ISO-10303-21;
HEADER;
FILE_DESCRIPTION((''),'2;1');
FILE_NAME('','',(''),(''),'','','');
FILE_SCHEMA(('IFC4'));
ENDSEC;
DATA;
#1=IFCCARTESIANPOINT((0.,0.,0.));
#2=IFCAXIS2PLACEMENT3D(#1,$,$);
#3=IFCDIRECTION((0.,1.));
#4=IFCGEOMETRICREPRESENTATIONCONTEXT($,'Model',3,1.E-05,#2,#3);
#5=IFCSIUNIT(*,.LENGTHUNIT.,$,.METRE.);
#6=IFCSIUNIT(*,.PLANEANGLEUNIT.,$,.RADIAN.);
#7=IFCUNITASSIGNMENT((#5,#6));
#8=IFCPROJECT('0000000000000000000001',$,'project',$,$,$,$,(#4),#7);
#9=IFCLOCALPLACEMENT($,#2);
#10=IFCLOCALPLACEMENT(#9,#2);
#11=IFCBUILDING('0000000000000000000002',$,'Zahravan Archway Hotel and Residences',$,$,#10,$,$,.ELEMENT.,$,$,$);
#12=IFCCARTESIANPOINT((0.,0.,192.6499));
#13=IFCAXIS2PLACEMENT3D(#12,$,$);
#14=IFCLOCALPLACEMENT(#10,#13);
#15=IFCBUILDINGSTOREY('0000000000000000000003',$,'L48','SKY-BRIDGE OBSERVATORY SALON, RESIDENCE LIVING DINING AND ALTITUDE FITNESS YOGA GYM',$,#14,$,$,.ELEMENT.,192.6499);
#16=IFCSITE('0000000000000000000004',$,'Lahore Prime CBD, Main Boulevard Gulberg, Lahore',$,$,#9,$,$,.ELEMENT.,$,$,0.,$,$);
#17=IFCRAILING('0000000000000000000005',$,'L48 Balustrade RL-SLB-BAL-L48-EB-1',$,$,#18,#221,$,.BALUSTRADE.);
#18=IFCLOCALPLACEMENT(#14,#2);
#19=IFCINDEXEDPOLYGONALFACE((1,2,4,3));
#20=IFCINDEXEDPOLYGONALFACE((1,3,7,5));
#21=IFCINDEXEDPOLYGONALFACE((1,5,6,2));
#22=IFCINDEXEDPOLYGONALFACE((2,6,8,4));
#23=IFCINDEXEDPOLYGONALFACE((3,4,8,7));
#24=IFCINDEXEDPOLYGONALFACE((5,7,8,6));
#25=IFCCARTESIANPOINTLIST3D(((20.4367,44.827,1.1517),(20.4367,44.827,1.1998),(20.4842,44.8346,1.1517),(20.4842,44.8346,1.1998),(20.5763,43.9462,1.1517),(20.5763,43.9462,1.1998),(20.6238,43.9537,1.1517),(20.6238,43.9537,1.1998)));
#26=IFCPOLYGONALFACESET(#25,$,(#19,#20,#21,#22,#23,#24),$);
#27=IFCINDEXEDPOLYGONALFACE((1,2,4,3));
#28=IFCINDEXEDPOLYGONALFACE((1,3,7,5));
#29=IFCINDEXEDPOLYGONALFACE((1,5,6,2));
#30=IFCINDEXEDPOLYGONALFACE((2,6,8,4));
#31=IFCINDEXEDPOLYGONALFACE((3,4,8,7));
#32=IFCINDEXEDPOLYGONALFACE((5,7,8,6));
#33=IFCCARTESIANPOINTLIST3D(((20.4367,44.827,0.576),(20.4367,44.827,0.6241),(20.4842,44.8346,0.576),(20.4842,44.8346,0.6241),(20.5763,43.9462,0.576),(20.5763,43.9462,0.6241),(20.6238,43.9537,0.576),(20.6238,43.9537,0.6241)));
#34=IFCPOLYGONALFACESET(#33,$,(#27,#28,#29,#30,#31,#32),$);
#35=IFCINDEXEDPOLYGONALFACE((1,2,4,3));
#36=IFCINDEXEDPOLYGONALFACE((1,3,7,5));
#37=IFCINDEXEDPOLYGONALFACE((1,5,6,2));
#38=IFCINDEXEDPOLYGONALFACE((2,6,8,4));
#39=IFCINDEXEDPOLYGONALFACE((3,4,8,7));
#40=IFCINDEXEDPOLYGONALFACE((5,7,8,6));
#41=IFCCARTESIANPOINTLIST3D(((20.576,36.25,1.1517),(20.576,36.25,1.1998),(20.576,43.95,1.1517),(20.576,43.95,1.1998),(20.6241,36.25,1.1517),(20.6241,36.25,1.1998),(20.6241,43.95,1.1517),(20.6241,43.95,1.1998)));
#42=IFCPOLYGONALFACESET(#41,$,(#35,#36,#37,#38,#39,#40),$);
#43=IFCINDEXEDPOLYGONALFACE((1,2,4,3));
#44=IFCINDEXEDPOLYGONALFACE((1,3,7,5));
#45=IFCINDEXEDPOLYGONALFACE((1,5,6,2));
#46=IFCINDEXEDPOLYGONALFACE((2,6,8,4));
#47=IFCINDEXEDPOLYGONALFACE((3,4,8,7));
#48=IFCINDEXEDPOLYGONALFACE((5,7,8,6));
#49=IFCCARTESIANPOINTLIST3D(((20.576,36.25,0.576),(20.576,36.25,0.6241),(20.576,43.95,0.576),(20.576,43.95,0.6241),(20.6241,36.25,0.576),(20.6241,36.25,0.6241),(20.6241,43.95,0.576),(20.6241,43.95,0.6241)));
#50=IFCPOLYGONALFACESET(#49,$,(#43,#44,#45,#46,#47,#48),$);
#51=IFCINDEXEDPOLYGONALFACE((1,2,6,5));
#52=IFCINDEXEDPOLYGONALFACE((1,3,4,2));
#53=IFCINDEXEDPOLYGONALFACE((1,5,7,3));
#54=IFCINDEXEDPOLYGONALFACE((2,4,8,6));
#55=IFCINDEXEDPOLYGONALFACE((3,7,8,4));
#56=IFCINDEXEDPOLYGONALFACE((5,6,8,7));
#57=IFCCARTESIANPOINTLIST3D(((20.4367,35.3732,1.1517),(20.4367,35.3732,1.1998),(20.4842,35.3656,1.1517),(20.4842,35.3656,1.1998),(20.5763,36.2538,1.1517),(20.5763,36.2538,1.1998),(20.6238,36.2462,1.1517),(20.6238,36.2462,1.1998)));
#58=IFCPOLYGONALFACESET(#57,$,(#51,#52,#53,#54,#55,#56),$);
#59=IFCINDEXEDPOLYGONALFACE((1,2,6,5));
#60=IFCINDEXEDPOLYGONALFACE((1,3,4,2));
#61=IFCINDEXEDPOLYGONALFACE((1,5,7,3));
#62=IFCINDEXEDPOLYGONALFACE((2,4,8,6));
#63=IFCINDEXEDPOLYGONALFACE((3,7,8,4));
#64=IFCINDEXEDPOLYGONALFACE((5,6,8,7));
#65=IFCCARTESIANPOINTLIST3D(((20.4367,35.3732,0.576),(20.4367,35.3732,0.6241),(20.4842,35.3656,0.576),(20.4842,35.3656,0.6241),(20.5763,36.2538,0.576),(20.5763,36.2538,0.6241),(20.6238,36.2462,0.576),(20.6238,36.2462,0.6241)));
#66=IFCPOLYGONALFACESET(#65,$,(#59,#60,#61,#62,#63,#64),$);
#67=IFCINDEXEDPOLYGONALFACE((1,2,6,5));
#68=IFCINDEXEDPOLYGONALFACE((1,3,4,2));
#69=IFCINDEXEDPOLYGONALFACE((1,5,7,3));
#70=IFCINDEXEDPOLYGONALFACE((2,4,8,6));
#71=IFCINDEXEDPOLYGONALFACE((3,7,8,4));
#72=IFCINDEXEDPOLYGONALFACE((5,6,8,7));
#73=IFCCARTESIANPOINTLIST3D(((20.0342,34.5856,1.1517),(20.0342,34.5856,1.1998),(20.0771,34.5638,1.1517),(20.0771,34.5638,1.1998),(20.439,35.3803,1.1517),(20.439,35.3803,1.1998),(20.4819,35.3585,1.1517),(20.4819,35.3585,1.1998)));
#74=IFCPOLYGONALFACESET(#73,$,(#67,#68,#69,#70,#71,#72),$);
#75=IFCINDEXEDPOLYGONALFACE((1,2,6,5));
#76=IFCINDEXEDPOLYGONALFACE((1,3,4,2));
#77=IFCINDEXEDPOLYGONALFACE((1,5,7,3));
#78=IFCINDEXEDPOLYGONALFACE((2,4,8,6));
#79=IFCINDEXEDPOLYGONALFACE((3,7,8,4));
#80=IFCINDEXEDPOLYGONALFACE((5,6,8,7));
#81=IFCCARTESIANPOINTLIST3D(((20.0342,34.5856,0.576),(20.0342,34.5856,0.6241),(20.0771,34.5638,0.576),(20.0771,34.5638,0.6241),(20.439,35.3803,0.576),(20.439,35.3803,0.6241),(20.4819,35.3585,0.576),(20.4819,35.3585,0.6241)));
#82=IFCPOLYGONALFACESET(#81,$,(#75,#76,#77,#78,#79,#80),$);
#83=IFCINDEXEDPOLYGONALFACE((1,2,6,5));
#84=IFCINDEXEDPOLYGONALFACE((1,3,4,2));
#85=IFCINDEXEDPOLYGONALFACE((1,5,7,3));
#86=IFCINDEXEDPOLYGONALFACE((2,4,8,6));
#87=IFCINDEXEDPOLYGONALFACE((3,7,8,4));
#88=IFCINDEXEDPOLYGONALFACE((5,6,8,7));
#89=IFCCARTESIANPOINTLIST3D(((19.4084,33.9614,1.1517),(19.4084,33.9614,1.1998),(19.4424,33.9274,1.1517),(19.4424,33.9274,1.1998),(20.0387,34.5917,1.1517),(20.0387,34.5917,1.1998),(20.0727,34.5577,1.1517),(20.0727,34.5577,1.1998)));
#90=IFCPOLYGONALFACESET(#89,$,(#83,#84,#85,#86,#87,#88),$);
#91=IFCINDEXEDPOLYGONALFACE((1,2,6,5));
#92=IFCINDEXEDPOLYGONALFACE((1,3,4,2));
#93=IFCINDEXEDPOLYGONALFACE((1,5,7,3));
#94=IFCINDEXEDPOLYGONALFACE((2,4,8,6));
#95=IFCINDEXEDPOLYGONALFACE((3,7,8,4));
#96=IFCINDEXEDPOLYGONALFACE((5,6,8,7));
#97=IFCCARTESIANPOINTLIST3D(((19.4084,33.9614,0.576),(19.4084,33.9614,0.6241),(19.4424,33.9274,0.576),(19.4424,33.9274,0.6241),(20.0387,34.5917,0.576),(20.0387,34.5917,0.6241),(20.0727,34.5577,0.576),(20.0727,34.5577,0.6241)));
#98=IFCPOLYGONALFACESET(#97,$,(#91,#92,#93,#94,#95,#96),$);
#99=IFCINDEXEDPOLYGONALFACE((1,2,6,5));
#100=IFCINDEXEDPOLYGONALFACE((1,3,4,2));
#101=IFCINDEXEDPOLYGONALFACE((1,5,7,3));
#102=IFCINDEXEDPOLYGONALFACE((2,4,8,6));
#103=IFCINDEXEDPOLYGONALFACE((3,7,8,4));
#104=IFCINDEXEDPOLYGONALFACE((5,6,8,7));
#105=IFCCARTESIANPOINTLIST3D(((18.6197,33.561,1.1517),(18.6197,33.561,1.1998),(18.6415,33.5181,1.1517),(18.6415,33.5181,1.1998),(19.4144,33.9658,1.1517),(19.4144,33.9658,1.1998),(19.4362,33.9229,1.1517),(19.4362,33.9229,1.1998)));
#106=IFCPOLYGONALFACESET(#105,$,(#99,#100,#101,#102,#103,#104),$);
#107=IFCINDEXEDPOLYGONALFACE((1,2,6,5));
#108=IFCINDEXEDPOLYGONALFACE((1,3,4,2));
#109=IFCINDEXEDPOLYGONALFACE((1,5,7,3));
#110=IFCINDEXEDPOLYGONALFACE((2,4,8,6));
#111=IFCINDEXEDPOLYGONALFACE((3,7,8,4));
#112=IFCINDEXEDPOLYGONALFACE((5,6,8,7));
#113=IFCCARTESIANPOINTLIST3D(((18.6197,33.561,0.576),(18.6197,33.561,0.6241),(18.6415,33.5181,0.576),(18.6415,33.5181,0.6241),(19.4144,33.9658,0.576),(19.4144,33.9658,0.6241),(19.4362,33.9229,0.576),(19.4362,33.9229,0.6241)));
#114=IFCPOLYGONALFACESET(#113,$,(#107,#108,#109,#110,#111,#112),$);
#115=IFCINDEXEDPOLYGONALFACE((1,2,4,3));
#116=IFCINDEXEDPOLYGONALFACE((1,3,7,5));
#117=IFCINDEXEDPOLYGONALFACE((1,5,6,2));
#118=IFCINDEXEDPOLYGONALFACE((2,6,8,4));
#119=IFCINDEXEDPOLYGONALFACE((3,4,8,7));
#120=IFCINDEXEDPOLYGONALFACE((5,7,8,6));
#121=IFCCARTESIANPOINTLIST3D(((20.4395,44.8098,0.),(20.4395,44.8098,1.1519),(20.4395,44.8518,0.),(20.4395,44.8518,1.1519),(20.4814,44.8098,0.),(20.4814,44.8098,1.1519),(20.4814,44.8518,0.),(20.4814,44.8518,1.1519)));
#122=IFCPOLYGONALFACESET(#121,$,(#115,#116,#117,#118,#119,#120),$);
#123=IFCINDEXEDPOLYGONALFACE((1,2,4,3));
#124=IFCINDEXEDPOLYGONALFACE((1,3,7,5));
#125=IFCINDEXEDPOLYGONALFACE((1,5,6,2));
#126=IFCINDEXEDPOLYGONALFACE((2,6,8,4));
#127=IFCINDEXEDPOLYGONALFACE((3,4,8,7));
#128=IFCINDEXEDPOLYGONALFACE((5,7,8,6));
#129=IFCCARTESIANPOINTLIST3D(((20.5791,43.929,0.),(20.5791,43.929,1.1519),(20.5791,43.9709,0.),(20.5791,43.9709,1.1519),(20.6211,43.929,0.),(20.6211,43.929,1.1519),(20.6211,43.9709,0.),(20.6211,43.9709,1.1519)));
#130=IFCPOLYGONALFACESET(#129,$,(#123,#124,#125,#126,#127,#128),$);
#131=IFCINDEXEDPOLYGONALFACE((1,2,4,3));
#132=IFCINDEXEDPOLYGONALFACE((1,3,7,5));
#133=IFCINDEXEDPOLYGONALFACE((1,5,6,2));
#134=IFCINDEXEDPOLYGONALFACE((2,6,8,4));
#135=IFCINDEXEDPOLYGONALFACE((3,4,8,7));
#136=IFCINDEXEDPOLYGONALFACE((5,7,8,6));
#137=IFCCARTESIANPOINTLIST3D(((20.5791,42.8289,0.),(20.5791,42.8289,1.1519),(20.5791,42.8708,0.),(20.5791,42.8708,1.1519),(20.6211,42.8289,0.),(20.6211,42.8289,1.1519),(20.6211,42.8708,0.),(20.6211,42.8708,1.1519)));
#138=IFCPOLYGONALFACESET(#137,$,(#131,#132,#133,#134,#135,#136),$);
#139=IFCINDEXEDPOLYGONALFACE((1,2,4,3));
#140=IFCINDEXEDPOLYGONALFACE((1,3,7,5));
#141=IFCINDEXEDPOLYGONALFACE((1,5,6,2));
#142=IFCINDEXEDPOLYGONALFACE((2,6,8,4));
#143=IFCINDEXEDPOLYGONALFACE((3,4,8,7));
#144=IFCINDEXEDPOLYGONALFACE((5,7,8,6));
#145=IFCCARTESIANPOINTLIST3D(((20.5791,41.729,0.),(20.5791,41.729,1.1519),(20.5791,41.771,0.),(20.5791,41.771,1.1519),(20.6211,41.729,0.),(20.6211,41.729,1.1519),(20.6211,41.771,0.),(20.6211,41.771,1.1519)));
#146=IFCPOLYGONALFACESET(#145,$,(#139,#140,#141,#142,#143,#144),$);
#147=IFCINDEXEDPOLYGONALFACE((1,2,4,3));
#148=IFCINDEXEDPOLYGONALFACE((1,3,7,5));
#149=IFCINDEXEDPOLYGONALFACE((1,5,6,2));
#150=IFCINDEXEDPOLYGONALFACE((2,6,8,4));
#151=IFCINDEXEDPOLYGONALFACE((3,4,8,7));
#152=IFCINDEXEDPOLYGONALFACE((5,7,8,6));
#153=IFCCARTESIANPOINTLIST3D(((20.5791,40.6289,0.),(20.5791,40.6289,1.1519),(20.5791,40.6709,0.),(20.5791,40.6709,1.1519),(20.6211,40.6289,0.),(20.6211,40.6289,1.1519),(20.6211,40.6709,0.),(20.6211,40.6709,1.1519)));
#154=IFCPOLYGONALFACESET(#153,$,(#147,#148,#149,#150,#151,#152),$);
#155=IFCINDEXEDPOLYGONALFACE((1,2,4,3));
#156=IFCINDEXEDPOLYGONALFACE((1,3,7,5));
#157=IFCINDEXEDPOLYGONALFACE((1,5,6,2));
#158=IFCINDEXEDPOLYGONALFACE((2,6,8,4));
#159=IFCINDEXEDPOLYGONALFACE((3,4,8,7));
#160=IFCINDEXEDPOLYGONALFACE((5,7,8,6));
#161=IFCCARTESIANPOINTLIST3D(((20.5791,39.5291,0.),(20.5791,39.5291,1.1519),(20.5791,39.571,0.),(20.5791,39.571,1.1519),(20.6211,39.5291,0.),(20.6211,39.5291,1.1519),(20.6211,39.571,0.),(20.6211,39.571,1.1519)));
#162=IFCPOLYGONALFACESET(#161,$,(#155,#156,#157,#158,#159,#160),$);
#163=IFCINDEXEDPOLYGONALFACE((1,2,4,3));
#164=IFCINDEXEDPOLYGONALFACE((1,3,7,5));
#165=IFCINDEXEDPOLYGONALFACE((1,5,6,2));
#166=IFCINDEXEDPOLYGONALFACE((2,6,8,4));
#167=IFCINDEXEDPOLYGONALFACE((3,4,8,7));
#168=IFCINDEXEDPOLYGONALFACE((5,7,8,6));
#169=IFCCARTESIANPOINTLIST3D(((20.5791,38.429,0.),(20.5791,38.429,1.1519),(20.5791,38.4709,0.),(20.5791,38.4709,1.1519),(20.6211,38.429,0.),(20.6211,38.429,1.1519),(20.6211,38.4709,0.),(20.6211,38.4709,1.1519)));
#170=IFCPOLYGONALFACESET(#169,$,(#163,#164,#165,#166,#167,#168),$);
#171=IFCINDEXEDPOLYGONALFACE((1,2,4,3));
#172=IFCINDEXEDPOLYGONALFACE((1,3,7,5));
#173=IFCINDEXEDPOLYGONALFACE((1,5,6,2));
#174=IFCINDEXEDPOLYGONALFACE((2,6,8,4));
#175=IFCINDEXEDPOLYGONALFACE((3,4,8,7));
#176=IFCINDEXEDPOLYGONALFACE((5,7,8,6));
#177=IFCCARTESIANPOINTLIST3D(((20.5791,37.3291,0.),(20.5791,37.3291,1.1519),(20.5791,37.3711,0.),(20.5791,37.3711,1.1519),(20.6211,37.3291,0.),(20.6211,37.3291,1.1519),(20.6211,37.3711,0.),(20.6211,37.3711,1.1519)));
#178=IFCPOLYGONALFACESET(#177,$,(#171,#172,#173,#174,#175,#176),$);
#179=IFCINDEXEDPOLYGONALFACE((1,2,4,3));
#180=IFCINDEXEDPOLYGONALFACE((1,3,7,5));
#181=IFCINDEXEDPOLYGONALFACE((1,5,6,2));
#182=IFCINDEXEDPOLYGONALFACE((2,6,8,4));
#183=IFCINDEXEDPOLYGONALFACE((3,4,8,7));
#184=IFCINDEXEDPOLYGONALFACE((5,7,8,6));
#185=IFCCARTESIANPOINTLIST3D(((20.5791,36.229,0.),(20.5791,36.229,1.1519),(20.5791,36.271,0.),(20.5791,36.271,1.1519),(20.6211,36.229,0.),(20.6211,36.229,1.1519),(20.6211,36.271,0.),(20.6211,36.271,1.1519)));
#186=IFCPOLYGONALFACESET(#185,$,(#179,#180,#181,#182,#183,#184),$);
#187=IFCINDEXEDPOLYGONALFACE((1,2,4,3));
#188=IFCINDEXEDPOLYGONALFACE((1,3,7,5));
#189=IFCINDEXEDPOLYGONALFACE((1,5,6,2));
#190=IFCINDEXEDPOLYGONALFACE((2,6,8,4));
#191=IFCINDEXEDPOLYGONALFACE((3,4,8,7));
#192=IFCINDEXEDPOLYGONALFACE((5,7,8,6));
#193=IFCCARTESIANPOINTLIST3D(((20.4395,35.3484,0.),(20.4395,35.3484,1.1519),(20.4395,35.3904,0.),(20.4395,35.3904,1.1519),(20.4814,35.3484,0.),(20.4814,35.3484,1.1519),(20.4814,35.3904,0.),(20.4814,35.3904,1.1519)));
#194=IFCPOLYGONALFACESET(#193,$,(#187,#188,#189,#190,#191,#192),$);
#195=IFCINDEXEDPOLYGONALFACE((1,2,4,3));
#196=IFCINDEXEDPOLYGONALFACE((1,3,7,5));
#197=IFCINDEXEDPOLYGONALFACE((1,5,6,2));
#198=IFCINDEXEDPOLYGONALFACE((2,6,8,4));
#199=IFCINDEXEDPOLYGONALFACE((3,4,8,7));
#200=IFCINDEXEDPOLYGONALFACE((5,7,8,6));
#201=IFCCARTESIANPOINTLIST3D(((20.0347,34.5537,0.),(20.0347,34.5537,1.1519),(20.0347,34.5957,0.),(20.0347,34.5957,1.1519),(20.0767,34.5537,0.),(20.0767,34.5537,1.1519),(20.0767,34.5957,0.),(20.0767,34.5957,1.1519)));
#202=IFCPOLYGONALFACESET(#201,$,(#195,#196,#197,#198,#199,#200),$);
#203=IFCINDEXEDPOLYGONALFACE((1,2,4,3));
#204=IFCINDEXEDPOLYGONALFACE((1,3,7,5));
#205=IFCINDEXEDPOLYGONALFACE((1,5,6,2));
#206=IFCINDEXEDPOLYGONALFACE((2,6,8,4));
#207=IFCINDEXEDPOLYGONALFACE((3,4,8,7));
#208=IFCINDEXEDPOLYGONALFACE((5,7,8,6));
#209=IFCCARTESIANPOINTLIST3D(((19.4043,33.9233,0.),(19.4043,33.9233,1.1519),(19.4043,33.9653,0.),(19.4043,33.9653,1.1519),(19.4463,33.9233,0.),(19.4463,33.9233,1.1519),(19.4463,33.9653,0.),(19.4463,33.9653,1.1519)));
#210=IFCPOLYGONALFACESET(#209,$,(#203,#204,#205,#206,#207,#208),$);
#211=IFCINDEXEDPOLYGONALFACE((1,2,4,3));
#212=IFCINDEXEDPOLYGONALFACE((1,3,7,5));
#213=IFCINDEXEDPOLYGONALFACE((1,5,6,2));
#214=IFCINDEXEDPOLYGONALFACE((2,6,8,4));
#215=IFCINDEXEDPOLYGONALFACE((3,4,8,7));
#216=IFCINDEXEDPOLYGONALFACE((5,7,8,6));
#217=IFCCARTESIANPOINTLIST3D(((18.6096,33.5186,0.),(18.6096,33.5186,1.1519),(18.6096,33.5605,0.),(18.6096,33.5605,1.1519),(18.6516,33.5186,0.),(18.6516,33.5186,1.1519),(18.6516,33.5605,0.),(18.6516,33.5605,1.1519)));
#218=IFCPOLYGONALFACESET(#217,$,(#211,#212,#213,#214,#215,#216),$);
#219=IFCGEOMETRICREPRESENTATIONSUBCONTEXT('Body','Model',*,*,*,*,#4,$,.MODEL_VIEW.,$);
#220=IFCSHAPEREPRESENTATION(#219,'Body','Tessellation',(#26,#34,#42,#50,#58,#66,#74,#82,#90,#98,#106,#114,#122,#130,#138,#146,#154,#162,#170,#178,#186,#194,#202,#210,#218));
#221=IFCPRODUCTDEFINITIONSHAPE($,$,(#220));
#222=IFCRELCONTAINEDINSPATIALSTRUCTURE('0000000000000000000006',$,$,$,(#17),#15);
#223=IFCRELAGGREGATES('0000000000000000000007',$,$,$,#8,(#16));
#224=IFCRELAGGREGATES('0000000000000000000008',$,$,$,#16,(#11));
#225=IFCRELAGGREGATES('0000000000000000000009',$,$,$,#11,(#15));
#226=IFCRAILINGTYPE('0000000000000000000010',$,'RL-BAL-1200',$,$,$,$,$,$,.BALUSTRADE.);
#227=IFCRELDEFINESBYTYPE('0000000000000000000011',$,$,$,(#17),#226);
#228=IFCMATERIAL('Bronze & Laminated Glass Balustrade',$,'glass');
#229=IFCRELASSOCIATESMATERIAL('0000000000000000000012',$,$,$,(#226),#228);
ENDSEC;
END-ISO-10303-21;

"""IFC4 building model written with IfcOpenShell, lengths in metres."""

from ifc_helpers import new_model, si_unit, direction, frame, origin, origin_2d, place, context, subcontext, project, spatial, rectangle, extrude, material, type_object, element, save


model = new_model("IFC4")

# Units and contexts
model_context = context("Model", 3, precision=1e-05, world=origin(), true_north=direction((0.0, 1.0)))
body_context = subcontext(model_context, "Body", "Model", "MODEL_VIEW")
ifc_project = project(units=[si_unit("LENGTHUNIT", "METRE"), si_unit("PLANEANGLEUNIT", "RADIAN")], contexts=[model_context])

# Site, building, storey
site_placement = place(None, origin())
site = spatial("IfcSite", under=ifc_project, at=site_placement, Name="Lahore Prime CBD, Main Boulevard Gulberg, Lahore", CompositionType="ELEMENT", RefElevation=0.0)
building_placement = place(site_placement, origin())
building = spatial("IfcBuilding", under=site, at=building_placement, Name="Zahravan Archway Hotel and Residences", CompositionType="ELEMENT")
storey_placement = place(building_placement, frame((0.0, 0.0, 192.6499)))
storey = spatial("IfcBuildingStorey", under=building, at=storey_placement, Name="L48", Description="SKY-BRIDGE OBSERVATORY SALON, RESIDENCE LIVING DINING AND ALTITUDE FITNESS YOGA GYM", CompositionType="ELEMENT", Elevation=192.6499)

# Railing
ifc_material_1 = material(Name="Bronze & Laminated Glass Balustrade", Category="glass")
railing_type = type_object("IfcRailingType", Name="RL-BAL-1200", PredefinedType="BALUSTRADE", material=ifc_material_1)
railing_placement = place(storey_placement, frame((20.4604, 44.8308, 0.0)))
element("IfcRailing", 1, at=railing_placement, inside=storey, type_object=railing_type, Name="L48 Balustrade RL-SLB-BAL-L48-EB-1", PredefinedType="BALUSTRADE", context=body_context, shape_type="SweptSolid", body=[
    extrude(rectangle(XDim=0.0481, YDim=0.0481, at=origin_2d()), frame((0.0, 0.0, 1.1758), z_axis=(0.156581, -0.987665, 0.0), x_axis=(0.987665, 0.156581, 0.0)), (0.0, 0.0, 1.0), 0.8918),
    extrude(rectangle(XDim=0.0481, YDim=0.0481, at=origin_2d()), frame((0.0, 0.0, 0.6001), z_axis=(0.156581, -0.987665, 0.0), x_axis=(0.987665, 0.156581, 0.0)), (0.0, 0.0, 1.0), 0.8918),
    extrude(rectangle(XDim=0.0481, YDim=0.0481, at=origin_2d()), frame((0.1396, -0.8809, 1.1758), z_axis=(0.0, -1.0, 0.0), x_axis=(1.0, 0.0, 0.0)), (0.0, 0.0, 1.0), 7.7),
    extrude(rectangle(XDim=0.0481, YDim=0.0481, at=origin_2d()), frame((0.1396, -0.8809, 0.6001), z_axis=(0.0, -1.0, 0.0), x_axis=(1.0, 0.0, 0.0)), (0.0, 0.0, 1.0), 7.7),
    extrude(rectangle(XDim=0.0481, YDim=0.0481, at=origin_2d()), frame((0.1396, -8.5808, 1.1758), z_axis=(-0.156623, -0.987658, 0.0), x_axis=(0.987658, -0.156623, 0.0)), (0.0, 0.0, 1.0), 0.8916),
    extrude(rectangle(XDim=0.0481, YDim=0.0481, at=origin_2d()), frame((0.1396, -8.5808, 0.6001), z_axis=(-0.156623, -0.987658, 0.0), x_axis=(0.987658, -0.156623, 0.0)), (0.0, 0.0, 1.0), 0.8916),
    extrude(rectangle(XDim=0.0481, YDim=0.0481, at=origin_2d()), frame((0.0, -9.4614, 1.1758), z_axis=(-0.453881, -0.891062, 0.0), x_axis=(0.891062, -0.453881, 0.0)), (0.0, 0.0, 1.0), 0.8918),
    extrude(rectangle(XDim=0.0481, YDim=0.0481, at=origin_2d()), frame((0.0, -9.4614, 0.6001), z_axis=(-0.453881, -0.891062, 0.0), x_axis=(0.891062, -0.453881, 0.0)), (0.0, 0.0, 1.0), 0.8918),
    extrude(rectangle(XDim=0.0481, YDim=0.0481, at=origin_2d()), frame((-0.4048, -10.2561, 1.1758), z_axis=(-0.707107, -0.707107, 0.0), x_axis=(0.707107, -0.707107, 0.0)), (0.0, 0.0, 1.0), 0.8914),
    extrude(rectangle(XDim=0.0481, YDim=0.0481, at=origin_2d()), frame((-0.4048, -10.2561, 0.6001), z_axis=(-0.707107, -0.707107, 0.0), x_axis=(0.707107, -0.707107, 0.0)), (0.0, 0.0, 1.0), 0.8914),
    extrude(rectangle(XDim=0.0481, YDim=0.0481, at=origin_2d()), frame((-1.0352, -10.8865, 1.1758), z_axis=(-0.891062, -0.453881, 0.0), x_axis=(0.453881, -0.891062, 0.0)), (0.0, 0.0, 1.0), 0.8918),
    extrude(rectangle(XDim=0.0481, YDim=0.0481, at=origin_2d()), frame((-1.0352, -10.8865, 0.6001), z_axis=(-0.891062, -0.453881, 0.0), x_axis=(0.453881, -0.891062, 0.0)), (0.0, 0.0, 1.0), 0.8918),
    extrude(rectangle(XDim=0.042, YDim=0.042, at=origin_2d()), origin(), (0.0, 0.0, 1.0), 1.1519),
    extrude(rectangle(XDim=0.042, YDim=0.042, at=origin_2d()), frame((0.1396, -0.8809, 0.0)), (0.0, 0.0, 1.0), 1.1519),
    extrude(rectangle(XDim=0.042, YDim=0.042, at=origin_2d()), frame((0.1396, -1.981, 0.0)), (0.0, 0.0, 1.0), 1.1519),
    extrude(rectangle(XDim=0.042, YDim=0.042, at=origin_2d()), frame((0.1396, -3.0808, 0.0)), (0.0, 0.0, 1.0), 1.1519),
    extrude(rectangle(XDim=0.042, YDim=0.042, at=origin_2d()), frame((0.1396, -4.1809, 0.0)), (0.0, 0.0, 1.0), 1.1519),
    extrude(rectangle(XDim=0.042, YDim=0.042, at=origin_2d()), frame((0.1396, -5.2808, 0.0)), (0.0, 0.0, 1.0), 1.1519),
    extrude(rectangle(XDim=0.042, YDim=0.042, at=origin_2d()), frame((0.1396, -6.3809, 0.0)), (0.0, 0.0, 1.0), 1.1519),
    extrude(rectangle(XDim=0.042, YDim=0.042, at=origin_2d()), frame((0.1396, -7.4807, 0.0)), (0.0, 0.0, 1.0), 1.1519),
    extrude(rectangle(XDim=0.042, YDim=0.042, at=origin_2d()), frame((0.1396, -8.5808, 0.0)), (0.0, 0.0, 1.0), 1.1519),
    extrude(rectangle(XDim=0.042, YDim=0.042, at=origin_2d()), frame((0.0, -9.4614, 0.0)), (0.0, 0.0, 1.0), 1.1519),
    extrude(rectangle(XDim=0.042, YDim=0.042, at=origin_2d()), frame((-0.4048, -10.2561, 0.0)), (0.0, 0.0, 1.0), 1.1519),
    extrude(rectangle(XDim=0.042, YDim=0.042, at=origin_2d()), frame((-1.0352, -10.8865, 0.0)), (0.0, 0.0, 1.0), 1.1519),
    extrude(rectangle(XDim=0.042, YDim=0.042, at=origin_2d()), frame((-1.8298, -11.2913, 0.0)), (0.0, 0.0, 1.0), 1.1519),
])

save(model, "model.ifc")
